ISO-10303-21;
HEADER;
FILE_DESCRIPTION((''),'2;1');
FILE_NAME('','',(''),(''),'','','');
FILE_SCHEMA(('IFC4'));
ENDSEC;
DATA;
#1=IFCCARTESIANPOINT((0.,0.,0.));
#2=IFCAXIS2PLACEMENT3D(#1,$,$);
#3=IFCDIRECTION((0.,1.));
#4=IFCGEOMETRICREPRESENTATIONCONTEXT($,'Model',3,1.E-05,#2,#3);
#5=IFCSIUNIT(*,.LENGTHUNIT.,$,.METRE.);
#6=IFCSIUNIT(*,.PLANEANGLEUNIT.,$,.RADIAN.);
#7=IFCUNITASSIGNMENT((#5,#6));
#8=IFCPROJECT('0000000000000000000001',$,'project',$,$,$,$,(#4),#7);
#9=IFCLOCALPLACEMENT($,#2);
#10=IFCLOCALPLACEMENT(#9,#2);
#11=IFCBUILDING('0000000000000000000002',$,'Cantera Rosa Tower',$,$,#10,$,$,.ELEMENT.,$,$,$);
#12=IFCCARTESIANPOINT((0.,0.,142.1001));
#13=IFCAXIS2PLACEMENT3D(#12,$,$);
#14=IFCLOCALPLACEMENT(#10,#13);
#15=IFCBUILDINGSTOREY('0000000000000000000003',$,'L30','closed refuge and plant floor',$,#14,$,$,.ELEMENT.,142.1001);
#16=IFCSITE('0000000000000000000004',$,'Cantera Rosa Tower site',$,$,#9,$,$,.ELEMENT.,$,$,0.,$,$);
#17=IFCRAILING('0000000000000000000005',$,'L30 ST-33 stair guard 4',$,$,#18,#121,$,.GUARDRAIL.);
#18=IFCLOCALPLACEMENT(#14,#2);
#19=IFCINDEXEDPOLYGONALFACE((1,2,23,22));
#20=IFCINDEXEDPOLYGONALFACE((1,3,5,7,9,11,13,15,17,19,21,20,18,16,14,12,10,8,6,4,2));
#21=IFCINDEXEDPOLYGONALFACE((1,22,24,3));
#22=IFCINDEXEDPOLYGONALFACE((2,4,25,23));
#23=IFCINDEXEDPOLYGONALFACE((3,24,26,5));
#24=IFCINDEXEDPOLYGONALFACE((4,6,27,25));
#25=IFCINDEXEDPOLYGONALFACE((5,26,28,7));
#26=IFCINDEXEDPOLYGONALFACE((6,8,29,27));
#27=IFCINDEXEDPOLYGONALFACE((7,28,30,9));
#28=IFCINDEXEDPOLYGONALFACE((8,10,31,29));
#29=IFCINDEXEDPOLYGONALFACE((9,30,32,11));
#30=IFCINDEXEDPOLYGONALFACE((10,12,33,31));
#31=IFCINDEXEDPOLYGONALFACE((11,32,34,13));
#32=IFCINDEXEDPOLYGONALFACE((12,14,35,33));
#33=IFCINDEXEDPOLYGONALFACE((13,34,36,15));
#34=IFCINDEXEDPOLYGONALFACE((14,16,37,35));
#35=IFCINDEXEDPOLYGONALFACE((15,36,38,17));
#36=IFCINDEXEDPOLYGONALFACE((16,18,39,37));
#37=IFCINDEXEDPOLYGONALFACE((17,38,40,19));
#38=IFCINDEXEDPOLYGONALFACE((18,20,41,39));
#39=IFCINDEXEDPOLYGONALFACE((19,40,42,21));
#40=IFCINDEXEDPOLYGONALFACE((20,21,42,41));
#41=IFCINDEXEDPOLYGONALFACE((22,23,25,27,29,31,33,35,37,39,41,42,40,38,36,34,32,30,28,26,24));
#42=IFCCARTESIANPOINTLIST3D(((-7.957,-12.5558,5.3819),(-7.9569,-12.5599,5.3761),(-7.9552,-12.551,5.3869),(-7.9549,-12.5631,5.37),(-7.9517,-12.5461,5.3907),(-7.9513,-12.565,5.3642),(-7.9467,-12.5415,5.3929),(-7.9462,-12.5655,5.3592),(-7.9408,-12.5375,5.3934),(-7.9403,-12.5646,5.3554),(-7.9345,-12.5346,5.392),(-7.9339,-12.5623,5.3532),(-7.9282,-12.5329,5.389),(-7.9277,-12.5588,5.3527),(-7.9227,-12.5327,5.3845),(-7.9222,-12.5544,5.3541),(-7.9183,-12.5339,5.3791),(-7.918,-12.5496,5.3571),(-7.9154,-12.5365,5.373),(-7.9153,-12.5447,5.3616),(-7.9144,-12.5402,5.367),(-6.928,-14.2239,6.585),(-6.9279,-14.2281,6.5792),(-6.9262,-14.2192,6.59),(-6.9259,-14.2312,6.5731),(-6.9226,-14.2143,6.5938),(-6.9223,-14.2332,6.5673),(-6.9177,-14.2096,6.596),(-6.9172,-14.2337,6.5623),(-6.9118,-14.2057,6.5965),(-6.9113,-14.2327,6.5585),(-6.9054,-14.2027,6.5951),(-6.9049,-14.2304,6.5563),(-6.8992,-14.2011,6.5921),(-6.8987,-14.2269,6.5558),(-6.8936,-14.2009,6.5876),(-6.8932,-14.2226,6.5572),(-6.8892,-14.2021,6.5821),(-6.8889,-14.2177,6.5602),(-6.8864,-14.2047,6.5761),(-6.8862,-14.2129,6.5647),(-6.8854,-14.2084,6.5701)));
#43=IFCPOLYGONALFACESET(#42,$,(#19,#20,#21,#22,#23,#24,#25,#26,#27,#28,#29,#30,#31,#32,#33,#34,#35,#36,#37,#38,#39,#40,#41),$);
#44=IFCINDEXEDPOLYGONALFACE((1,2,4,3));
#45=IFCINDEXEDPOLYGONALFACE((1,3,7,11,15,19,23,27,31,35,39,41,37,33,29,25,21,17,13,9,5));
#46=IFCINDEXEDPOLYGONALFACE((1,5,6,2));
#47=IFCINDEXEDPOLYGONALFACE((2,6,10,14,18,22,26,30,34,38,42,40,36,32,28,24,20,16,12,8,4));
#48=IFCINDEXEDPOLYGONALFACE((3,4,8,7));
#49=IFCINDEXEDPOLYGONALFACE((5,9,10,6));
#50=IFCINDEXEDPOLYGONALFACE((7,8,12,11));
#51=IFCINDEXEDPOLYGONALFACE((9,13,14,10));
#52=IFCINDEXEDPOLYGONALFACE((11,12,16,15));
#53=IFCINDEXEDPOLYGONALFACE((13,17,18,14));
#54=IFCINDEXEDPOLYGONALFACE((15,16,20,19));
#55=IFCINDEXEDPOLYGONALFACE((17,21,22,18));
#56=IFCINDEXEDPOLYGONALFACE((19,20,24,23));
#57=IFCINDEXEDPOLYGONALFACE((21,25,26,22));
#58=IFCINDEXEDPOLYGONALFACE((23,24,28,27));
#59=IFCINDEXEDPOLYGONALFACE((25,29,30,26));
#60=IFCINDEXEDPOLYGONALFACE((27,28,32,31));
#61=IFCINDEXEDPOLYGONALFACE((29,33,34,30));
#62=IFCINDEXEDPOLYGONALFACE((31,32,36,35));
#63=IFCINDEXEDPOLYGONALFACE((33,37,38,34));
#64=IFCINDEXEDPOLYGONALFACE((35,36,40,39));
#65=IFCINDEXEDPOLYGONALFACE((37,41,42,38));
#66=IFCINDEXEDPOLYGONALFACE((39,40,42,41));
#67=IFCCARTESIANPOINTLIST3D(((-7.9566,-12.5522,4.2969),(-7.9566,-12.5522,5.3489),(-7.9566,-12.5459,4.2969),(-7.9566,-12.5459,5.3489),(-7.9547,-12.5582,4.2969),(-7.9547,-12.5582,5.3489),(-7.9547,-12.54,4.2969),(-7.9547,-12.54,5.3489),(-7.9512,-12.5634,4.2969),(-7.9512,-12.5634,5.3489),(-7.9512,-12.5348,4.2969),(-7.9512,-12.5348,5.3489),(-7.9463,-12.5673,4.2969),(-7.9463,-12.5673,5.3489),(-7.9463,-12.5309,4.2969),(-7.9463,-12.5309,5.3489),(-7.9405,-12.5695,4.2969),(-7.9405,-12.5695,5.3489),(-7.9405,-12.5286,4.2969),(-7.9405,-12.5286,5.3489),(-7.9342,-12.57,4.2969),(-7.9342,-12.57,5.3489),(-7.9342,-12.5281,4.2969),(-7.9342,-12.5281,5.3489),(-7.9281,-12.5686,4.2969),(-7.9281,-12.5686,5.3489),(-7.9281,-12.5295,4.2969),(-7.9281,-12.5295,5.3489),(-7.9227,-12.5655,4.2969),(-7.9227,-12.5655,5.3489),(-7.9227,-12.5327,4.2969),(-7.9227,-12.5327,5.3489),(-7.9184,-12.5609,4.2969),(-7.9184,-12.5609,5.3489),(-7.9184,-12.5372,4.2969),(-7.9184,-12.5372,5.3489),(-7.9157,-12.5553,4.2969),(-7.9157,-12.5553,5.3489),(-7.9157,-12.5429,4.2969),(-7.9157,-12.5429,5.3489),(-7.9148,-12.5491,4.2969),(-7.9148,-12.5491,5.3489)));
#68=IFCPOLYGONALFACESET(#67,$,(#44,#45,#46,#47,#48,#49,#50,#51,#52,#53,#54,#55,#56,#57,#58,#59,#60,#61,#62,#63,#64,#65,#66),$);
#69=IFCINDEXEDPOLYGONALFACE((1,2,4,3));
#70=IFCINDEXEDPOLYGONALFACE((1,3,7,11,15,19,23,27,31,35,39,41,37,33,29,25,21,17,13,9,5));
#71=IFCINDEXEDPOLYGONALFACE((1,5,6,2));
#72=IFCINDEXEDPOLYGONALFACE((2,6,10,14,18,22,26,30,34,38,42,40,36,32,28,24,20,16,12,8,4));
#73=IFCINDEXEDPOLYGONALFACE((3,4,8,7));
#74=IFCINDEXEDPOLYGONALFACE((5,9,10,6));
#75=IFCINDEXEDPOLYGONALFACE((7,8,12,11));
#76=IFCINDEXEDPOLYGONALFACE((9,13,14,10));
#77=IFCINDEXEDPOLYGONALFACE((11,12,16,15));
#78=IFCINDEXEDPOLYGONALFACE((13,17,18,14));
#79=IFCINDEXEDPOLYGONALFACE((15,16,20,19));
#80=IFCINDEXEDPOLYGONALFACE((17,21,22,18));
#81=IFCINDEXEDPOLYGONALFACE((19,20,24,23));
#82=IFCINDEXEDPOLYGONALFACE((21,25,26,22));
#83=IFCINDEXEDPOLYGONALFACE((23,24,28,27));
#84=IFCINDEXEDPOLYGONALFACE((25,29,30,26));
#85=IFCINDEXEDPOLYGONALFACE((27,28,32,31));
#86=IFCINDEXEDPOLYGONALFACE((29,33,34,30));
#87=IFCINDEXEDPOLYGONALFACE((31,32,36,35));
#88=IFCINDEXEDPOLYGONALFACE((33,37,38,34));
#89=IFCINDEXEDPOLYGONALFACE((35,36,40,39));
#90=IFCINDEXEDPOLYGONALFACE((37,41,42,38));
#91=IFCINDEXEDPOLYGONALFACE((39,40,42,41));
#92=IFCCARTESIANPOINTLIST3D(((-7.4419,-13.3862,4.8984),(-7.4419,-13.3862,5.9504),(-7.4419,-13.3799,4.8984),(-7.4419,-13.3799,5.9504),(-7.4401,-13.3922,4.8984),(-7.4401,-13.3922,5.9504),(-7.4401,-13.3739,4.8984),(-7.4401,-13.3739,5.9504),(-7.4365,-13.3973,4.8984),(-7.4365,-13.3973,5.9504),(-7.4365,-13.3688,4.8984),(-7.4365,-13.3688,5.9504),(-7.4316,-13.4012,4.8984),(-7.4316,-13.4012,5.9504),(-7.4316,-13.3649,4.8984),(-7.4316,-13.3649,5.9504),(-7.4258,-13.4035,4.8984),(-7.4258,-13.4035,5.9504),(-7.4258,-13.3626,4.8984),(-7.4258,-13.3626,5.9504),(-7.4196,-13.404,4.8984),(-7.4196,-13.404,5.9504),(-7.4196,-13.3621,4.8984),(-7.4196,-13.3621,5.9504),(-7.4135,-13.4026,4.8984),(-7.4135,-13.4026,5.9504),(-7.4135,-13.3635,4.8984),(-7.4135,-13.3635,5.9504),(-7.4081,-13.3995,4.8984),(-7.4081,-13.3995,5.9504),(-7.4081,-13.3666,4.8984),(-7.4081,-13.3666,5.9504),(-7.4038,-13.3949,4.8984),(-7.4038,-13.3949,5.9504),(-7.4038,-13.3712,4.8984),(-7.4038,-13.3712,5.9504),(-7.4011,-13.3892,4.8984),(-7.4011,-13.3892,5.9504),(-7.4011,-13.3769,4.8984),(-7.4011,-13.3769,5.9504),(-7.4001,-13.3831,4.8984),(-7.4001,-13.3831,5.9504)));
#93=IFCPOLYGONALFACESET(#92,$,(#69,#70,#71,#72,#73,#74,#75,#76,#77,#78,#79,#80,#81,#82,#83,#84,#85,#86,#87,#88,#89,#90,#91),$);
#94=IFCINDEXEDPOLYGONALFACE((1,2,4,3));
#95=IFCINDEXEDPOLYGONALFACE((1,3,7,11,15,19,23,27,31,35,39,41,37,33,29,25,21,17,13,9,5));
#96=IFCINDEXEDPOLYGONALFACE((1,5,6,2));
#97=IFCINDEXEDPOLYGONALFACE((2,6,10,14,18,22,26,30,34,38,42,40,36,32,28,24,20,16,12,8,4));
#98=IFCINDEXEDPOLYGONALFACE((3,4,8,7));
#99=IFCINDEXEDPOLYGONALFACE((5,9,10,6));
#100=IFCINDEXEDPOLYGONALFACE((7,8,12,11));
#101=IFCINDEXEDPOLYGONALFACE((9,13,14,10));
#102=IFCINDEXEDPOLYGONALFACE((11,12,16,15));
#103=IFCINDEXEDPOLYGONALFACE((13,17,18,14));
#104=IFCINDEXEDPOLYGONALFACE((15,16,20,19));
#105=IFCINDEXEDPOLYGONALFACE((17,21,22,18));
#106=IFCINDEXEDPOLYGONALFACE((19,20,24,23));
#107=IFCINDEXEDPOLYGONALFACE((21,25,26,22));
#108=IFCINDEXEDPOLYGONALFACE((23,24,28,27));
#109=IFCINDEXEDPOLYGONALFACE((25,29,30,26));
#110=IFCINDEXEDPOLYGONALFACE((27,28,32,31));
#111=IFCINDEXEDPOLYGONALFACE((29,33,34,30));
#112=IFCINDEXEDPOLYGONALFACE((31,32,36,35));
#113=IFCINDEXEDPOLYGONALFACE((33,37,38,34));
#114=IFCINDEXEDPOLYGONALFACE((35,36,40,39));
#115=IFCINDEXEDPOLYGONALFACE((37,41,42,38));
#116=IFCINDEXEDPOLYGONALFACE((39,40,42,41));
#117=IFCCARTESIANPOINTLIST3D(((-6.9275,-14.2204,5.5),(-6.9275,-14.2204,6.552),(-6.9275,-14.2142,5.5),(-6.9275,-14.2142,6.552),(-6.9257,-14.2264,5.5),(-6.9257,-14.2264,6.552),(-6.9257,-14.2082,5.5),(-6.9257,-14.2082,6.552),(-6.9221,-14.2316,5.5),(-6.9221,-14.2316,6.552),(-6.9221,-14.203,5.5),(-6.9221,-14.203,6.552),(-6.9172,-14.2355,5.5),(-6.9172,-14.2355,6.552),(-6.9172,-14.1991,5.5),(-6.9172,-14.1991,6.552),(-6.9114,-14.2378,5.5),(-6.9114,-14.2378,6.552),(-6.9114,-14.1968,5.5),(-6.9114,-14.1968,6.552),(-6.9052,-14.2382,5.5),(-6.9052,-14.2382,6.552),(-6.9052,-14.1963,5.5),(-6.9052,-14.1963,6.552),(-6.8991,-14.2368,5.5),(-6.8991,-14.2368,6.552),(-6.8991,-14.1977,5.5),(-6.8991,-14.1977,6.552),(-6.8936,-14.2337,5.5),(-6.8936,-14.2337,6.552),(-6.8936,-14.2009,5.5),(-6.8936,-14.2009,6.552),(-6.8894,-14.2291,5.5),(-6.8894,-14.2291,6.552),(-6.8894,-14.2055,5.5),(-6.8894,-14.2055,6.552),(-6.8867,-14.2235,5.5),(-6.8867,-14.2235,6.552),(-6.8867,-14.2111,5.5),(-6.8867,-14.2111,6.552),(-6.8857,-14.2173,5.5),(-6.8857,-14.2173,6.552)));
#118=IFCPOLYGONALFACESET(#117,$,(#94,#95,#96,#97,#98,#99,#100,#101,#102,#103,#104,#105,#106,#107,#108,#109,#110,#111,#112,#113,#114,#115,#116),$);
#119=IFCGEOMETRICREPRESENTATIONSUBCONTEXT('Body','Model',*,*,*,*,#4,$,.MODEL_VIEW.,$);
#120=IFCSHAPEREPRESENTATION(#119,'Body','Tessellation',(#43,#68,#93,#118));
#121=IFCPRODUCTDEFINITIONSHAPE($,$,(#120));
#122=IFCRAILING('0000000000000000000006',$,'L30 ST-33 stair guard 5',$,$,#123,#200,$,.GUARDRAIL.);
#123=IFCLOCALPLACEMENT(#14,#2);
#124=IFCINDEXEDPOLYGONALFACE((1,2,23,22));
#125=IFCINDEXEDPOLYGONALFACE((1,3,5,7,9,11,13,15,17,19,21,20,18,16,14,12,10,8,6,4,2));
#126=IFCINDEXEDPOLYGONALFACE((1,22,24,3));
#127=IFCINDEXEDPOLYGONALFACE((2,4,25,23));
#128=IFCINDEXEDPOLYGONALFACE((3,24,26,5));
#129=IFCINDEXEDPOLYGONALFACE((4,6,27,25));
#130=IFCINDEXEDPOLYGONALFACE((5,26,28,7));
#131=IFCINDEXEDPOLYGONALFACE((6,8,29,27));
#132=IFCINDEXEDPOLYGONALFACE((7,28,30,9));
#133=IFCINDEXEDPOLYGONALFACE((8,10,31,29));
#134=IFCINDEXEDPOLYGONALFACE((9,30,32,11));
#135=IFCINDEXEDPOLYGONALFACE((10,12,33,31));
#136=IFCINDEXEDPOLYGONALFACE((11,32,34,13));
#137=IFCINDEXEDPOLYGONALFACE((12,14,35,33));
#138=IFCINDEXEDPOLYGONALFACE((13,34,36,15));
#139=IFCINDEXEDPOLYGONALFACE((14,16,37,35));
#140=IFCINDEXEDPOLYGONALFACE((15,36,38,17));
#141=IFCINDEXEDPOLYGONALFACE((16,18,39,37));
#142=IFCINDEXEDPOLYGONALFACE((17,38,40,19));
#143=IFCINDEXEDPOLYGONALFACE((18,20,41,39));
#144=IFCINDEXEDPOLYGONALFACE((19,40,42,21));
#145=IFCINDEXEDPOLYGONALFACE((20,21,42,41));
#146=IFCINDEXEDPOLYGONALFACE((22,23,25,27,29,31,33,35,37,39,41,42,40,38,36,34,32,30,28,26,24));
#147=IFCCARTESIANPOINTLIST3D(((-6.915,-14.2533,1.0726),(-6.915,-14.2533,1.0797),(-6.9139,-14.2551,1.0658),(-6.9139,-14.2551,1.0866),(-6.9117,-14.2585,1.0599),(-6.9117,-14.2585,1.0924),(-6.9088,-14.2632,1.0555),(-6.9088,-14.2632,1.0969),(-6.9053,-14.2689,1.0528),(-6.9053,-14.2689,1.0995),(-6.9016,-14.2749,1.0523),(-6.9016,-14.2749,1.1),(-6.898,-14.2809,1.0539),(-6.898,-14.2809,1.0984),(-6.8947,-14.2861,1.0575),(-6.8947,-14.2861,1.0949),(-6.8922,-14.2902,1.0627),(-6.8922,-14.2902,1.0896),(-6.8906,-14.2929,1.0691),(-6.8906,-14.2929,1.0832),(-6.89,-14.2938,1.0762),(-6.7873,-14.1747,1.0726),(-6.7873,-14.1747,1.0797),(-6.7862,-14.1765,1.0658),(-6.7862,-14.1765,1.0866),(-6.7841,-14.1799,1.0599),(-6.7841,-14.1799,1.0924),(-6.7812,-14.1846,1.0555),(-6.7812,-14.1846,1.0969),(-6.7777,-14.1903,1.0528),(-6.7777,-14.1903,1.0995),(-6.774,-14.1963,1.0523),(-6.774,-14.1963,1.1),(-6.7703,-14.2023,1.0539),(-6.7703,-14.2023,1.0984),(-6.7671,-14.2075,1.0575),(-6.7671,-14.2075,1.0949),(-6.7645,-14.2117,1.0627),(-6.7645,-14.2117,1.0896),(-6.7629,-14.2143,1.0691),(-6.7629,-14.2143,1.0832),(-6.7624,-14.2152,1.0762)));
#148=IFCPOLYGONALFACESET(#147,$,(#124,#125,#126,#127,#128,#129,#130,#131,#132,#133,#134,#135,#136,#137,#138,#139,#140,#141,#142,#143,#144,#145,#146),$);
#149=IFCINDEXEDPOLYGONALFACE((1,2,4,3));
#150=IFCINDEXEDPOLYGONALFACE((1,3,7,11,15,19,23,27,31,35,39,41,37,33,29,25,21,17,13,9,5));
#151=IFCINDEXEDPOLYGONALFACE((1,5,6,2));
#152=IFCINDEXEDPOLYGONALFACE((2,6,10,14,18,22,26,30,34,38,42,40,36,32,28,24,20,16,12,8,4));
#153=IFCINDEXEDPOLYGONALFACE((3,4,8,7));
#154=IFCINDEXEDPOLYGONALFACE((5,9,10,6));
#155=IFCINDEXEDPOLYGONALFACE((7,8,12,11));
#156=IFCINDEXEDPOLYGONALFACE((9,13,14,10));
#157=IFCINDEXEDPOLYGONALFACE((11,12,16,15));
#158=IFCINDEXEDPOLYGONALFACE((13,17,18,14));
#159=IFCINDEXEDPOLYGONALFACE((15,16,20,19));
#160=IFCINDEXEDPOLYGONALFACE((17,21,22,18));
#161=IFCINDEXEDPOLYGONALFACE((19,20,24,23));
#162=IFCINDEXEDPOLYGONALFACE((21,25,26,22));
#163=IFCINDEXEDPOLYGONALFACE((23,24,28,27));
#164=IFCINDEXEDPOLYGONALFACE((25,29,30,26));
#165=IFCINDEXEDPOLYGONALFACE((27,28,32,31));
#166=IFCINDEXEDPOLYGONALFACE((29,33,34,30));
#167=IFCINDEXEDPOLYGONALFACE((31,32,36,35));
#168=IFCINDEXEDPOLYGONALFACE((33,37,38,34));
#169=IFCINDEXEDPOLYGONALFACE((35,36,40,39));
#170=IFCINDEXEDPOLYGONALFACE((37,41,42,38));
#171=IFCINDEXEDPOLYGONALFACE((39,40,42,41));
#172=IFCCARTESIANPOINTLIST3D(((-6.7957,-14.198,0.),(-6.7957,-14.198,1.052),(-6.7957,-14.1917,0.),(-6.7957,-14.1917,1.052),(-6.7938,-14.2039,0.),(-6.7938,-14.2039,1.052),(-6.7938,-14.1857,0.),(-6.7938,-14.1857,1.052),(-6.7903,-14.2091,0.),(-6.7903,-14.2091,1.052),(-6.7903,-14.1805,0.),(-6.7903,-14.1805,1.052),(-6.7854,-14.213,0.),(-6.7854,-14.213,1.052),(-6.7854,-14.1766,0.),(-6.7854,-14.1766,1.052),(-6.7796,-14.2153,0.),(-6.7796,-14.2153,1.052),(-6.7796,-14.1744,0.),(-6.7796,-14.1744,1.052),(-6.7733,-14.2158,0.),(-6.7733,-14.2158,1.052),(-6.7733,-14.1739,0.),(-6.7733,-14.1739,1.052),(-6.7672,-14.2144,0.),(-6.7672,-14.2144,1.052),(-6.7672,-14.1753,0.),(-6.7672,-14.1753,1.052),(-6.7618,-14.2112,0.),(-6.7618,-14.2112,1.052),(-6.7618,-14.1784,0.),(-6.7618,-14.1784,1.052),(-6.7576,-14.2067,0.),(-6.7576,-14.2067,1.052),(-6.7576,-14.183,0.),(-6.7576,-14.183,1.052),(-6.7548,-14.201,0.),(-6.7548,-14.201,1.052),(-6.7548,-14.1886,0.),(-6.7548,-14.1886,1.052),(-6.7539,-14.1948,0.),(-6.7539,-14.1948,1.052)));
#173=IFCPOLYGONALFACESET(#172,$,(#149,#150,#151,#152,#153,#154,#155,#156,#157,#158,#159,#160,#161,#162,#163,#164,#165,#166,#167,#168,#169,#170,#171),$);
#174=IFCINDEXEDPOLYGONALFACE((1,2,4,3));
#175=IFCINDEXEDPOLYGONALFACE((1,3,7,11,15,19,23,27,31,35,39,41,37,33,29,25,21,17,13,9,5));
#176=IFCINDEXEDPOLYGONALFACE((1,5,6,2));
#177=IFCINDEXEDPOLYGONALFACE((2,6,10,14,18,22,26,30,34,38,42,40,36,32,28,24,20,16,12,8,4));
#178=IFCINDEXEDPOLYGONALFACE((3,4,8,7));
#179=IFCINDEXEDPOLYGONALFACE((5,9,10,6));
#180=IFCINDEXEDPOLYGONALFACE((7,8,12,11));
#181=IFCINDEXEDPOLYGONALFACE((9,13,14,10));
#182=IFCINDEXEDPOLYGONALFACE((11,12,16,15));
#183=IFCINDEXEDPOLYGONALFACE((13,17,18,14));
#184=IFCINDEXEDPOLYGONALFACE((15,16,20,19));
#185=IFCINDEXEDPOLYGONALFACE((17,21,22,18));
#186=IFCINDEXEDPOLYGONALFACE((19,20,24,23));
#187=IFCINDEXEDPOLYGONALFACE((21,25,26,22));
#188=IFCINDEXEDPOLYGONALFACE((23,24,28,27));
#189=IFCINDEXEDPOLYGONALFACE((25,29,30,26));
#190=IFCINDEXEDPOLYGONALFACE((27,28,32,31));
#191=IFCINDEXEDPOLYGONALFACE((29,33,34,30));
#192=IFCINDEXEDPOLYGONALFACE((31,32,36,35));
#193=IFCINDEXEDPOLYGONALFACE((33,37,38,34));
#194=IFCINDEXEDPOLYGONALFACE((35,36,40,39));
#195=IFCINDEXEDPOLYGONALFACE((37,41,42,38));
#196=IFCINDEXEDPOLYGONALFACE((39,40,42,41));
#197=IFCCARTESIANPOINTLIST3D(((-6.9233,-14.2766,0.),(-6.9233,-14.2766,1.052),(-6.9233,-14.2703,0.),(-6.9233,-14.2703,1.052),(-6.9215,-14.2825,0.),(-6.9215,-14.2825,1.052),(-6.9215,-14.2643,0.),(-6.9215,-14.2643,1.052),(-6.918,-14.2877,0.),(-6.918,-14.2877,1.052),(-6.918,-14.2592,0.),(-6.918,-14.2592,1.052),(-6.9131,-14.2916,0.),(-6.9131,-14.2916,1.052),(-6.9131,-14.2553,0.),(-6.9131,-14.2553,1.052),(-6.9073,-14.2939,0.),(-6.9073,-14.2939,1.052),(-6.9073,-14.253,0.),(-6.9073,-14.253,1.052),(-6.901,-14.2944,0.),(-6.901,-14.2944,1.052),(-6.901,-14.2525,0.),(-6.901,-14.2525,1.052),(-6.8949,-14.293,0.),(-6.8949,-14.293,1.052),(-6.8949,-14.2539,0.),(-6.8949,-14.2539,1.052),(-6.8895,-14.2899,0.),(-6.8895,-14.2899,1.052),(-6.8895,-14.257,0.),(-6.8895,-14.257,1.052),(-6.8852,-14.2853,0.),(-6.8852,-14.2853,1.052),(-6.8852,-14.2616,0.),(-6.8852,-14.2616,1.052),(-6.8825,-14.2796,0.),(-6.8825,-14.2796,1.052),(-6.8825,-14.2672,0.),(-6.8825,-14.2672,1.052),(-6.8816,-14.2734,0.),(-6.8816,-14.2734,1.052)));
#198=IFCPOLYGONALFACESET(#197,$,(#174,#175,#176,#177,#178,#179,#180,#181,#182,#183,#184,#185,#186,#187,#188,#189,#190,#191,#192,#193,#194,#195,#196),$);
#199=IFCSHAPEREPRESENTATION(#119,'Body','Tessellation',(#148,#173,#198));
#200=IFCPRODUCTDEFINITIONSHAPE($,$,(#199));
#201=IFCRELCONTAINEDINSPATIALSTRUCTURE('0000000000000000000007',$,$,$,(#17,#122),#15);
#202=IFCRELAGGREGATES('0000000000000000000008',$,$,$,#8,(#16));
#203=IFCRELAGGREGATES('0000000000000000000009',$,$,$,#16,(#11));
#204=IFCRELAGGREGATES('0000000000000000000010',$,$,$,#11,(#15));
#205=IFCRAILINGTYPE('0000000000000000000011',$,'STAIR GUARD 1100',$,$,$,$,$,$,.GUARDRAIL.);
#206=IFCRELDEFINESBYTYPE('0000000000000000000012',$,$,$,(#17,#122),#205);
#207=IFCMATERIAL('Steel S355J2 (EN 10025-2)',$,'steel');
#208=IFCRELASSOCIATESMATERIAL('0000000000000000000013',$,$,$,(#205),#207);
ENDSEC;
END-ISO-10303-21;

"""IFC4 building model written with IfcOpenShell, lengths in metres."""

from ifc_helpers import new_model, si_unit, direction, frame, origin, origin_2d, place, context, subcontext, project, spatial, circle, extrude, material, type_object, element, save


model = new_model("IFC4")

# Units and contexts
model_context = context("Model", 3, precision=1e-05, world=origin(), true_north=direction((0.0, 1.0)))
body_context = subcontext(model_context, "Body", "Model", "MODEL_VIEW")
ifc_project = project(units=[si_unit("LENGTHUNIT", "METRE"), si_unit("PLANEANGLEUNIT", "RADIAN")], contexts=[model_context])

# Site, building, storey
site_placement = place(None, origin())
site = spatial("IfcSite", under=ifc_project, at=site_placement, Name="Cantera Rosa Tower site", CompositionType="ELEMENT", RefElevation=0.0)
building_placement = place(site_placement, origin())
building = spatial("IfcBuilding", under=site, at=building_placement, Name="Cantera Rosa Tower", CompositionType="ELEMENT")
storey_placement = place(building_placement, frame((0.0, 0.0, 142.1001)))
storey = spatial("IfcBuildingStorey", under=building, at=storey_placement, Name="L30", Description="closed refuge and plant floor", CompositionType="ELEMENT", Elevation=142.1001)

# Railings
ifc_material_1 = material(Name="Steel S355J2 (EN 10025-2)", Category="steel")
railing_type_1 = type_object("IfcRailingType", Name="STAIR GUARD 1100", PredefinedType="GUARDRAIL", material=ifc_material_1)
railing_1_placement = place(storey_placement, frame((-7.9358, -12.5491, 4.2969)))
element("IfcRailing", 1, at=railing_1_placement, inside=storey, type_object=railing_type_1, Name="L30 ST-33 stair guard 4", PredefinedType="GUARDRAIL", context=body_context, shape_type="SweptSolid", body=[
    extrude(circle(Radius=0.0239, at=origin_2d()), frame((0.0, 0.0, 1.0762), z_axis=(0.44744, -0.725352, 0.523128), x_axis=(0.851098, 0.525008, 0.0)), (0.0, 0.0, 1.0), 2.2998),
    extrude(circle(Radius=0.021, at=origin_2d()), origin(), (0.0, 0.0, 1.0), 1.052),
    extrude(circle(Radius=0.021, at=origin_2d()), frame((0.5146, -0.834, 0.6016)), (0.0, 0.0, 1.0), 1.052),
    extrude(circle(Radius=0.021, at=origin_2d()), frame((1.0291, -1.6682, 1.2031)), (0.0, 0.0, 1.0), 1.052),
])
railing_2_placement = place(storey_placement, frame((-6.7749, -14.1948, 0.0)))
element("IfcRailing", 2, at=railing_2_placement, inside=storey, type_object=railing_type_1, Name="L30 ST-33 stair guard 5", PredefinedType="GUARDRAIL", context=body_context, shape_type="SweptSolid", body=[
    extrude(circle(Radius=0.0239, at=origin_2d()), frame((0.0, 0.0, 1.0762), z_axis=(-0.851546, -0.524279, 0.0), x_axis=(0.524279, -0.851546, 0.0)), (0.0, 0.0, 1.0), 0.1499),
    extrude(circle(Radius=0.021, at=origin_2d()), origin(), (0.0, 0.0, 1.0), 1.052),
    extrude(circle(Radius=0.021, at=origin_2d()), frame((-0.1277, -0.0786, 0.0)), (0.0, 0.0, 1.0), 1.052),
])

save(model, "model.ifc")
